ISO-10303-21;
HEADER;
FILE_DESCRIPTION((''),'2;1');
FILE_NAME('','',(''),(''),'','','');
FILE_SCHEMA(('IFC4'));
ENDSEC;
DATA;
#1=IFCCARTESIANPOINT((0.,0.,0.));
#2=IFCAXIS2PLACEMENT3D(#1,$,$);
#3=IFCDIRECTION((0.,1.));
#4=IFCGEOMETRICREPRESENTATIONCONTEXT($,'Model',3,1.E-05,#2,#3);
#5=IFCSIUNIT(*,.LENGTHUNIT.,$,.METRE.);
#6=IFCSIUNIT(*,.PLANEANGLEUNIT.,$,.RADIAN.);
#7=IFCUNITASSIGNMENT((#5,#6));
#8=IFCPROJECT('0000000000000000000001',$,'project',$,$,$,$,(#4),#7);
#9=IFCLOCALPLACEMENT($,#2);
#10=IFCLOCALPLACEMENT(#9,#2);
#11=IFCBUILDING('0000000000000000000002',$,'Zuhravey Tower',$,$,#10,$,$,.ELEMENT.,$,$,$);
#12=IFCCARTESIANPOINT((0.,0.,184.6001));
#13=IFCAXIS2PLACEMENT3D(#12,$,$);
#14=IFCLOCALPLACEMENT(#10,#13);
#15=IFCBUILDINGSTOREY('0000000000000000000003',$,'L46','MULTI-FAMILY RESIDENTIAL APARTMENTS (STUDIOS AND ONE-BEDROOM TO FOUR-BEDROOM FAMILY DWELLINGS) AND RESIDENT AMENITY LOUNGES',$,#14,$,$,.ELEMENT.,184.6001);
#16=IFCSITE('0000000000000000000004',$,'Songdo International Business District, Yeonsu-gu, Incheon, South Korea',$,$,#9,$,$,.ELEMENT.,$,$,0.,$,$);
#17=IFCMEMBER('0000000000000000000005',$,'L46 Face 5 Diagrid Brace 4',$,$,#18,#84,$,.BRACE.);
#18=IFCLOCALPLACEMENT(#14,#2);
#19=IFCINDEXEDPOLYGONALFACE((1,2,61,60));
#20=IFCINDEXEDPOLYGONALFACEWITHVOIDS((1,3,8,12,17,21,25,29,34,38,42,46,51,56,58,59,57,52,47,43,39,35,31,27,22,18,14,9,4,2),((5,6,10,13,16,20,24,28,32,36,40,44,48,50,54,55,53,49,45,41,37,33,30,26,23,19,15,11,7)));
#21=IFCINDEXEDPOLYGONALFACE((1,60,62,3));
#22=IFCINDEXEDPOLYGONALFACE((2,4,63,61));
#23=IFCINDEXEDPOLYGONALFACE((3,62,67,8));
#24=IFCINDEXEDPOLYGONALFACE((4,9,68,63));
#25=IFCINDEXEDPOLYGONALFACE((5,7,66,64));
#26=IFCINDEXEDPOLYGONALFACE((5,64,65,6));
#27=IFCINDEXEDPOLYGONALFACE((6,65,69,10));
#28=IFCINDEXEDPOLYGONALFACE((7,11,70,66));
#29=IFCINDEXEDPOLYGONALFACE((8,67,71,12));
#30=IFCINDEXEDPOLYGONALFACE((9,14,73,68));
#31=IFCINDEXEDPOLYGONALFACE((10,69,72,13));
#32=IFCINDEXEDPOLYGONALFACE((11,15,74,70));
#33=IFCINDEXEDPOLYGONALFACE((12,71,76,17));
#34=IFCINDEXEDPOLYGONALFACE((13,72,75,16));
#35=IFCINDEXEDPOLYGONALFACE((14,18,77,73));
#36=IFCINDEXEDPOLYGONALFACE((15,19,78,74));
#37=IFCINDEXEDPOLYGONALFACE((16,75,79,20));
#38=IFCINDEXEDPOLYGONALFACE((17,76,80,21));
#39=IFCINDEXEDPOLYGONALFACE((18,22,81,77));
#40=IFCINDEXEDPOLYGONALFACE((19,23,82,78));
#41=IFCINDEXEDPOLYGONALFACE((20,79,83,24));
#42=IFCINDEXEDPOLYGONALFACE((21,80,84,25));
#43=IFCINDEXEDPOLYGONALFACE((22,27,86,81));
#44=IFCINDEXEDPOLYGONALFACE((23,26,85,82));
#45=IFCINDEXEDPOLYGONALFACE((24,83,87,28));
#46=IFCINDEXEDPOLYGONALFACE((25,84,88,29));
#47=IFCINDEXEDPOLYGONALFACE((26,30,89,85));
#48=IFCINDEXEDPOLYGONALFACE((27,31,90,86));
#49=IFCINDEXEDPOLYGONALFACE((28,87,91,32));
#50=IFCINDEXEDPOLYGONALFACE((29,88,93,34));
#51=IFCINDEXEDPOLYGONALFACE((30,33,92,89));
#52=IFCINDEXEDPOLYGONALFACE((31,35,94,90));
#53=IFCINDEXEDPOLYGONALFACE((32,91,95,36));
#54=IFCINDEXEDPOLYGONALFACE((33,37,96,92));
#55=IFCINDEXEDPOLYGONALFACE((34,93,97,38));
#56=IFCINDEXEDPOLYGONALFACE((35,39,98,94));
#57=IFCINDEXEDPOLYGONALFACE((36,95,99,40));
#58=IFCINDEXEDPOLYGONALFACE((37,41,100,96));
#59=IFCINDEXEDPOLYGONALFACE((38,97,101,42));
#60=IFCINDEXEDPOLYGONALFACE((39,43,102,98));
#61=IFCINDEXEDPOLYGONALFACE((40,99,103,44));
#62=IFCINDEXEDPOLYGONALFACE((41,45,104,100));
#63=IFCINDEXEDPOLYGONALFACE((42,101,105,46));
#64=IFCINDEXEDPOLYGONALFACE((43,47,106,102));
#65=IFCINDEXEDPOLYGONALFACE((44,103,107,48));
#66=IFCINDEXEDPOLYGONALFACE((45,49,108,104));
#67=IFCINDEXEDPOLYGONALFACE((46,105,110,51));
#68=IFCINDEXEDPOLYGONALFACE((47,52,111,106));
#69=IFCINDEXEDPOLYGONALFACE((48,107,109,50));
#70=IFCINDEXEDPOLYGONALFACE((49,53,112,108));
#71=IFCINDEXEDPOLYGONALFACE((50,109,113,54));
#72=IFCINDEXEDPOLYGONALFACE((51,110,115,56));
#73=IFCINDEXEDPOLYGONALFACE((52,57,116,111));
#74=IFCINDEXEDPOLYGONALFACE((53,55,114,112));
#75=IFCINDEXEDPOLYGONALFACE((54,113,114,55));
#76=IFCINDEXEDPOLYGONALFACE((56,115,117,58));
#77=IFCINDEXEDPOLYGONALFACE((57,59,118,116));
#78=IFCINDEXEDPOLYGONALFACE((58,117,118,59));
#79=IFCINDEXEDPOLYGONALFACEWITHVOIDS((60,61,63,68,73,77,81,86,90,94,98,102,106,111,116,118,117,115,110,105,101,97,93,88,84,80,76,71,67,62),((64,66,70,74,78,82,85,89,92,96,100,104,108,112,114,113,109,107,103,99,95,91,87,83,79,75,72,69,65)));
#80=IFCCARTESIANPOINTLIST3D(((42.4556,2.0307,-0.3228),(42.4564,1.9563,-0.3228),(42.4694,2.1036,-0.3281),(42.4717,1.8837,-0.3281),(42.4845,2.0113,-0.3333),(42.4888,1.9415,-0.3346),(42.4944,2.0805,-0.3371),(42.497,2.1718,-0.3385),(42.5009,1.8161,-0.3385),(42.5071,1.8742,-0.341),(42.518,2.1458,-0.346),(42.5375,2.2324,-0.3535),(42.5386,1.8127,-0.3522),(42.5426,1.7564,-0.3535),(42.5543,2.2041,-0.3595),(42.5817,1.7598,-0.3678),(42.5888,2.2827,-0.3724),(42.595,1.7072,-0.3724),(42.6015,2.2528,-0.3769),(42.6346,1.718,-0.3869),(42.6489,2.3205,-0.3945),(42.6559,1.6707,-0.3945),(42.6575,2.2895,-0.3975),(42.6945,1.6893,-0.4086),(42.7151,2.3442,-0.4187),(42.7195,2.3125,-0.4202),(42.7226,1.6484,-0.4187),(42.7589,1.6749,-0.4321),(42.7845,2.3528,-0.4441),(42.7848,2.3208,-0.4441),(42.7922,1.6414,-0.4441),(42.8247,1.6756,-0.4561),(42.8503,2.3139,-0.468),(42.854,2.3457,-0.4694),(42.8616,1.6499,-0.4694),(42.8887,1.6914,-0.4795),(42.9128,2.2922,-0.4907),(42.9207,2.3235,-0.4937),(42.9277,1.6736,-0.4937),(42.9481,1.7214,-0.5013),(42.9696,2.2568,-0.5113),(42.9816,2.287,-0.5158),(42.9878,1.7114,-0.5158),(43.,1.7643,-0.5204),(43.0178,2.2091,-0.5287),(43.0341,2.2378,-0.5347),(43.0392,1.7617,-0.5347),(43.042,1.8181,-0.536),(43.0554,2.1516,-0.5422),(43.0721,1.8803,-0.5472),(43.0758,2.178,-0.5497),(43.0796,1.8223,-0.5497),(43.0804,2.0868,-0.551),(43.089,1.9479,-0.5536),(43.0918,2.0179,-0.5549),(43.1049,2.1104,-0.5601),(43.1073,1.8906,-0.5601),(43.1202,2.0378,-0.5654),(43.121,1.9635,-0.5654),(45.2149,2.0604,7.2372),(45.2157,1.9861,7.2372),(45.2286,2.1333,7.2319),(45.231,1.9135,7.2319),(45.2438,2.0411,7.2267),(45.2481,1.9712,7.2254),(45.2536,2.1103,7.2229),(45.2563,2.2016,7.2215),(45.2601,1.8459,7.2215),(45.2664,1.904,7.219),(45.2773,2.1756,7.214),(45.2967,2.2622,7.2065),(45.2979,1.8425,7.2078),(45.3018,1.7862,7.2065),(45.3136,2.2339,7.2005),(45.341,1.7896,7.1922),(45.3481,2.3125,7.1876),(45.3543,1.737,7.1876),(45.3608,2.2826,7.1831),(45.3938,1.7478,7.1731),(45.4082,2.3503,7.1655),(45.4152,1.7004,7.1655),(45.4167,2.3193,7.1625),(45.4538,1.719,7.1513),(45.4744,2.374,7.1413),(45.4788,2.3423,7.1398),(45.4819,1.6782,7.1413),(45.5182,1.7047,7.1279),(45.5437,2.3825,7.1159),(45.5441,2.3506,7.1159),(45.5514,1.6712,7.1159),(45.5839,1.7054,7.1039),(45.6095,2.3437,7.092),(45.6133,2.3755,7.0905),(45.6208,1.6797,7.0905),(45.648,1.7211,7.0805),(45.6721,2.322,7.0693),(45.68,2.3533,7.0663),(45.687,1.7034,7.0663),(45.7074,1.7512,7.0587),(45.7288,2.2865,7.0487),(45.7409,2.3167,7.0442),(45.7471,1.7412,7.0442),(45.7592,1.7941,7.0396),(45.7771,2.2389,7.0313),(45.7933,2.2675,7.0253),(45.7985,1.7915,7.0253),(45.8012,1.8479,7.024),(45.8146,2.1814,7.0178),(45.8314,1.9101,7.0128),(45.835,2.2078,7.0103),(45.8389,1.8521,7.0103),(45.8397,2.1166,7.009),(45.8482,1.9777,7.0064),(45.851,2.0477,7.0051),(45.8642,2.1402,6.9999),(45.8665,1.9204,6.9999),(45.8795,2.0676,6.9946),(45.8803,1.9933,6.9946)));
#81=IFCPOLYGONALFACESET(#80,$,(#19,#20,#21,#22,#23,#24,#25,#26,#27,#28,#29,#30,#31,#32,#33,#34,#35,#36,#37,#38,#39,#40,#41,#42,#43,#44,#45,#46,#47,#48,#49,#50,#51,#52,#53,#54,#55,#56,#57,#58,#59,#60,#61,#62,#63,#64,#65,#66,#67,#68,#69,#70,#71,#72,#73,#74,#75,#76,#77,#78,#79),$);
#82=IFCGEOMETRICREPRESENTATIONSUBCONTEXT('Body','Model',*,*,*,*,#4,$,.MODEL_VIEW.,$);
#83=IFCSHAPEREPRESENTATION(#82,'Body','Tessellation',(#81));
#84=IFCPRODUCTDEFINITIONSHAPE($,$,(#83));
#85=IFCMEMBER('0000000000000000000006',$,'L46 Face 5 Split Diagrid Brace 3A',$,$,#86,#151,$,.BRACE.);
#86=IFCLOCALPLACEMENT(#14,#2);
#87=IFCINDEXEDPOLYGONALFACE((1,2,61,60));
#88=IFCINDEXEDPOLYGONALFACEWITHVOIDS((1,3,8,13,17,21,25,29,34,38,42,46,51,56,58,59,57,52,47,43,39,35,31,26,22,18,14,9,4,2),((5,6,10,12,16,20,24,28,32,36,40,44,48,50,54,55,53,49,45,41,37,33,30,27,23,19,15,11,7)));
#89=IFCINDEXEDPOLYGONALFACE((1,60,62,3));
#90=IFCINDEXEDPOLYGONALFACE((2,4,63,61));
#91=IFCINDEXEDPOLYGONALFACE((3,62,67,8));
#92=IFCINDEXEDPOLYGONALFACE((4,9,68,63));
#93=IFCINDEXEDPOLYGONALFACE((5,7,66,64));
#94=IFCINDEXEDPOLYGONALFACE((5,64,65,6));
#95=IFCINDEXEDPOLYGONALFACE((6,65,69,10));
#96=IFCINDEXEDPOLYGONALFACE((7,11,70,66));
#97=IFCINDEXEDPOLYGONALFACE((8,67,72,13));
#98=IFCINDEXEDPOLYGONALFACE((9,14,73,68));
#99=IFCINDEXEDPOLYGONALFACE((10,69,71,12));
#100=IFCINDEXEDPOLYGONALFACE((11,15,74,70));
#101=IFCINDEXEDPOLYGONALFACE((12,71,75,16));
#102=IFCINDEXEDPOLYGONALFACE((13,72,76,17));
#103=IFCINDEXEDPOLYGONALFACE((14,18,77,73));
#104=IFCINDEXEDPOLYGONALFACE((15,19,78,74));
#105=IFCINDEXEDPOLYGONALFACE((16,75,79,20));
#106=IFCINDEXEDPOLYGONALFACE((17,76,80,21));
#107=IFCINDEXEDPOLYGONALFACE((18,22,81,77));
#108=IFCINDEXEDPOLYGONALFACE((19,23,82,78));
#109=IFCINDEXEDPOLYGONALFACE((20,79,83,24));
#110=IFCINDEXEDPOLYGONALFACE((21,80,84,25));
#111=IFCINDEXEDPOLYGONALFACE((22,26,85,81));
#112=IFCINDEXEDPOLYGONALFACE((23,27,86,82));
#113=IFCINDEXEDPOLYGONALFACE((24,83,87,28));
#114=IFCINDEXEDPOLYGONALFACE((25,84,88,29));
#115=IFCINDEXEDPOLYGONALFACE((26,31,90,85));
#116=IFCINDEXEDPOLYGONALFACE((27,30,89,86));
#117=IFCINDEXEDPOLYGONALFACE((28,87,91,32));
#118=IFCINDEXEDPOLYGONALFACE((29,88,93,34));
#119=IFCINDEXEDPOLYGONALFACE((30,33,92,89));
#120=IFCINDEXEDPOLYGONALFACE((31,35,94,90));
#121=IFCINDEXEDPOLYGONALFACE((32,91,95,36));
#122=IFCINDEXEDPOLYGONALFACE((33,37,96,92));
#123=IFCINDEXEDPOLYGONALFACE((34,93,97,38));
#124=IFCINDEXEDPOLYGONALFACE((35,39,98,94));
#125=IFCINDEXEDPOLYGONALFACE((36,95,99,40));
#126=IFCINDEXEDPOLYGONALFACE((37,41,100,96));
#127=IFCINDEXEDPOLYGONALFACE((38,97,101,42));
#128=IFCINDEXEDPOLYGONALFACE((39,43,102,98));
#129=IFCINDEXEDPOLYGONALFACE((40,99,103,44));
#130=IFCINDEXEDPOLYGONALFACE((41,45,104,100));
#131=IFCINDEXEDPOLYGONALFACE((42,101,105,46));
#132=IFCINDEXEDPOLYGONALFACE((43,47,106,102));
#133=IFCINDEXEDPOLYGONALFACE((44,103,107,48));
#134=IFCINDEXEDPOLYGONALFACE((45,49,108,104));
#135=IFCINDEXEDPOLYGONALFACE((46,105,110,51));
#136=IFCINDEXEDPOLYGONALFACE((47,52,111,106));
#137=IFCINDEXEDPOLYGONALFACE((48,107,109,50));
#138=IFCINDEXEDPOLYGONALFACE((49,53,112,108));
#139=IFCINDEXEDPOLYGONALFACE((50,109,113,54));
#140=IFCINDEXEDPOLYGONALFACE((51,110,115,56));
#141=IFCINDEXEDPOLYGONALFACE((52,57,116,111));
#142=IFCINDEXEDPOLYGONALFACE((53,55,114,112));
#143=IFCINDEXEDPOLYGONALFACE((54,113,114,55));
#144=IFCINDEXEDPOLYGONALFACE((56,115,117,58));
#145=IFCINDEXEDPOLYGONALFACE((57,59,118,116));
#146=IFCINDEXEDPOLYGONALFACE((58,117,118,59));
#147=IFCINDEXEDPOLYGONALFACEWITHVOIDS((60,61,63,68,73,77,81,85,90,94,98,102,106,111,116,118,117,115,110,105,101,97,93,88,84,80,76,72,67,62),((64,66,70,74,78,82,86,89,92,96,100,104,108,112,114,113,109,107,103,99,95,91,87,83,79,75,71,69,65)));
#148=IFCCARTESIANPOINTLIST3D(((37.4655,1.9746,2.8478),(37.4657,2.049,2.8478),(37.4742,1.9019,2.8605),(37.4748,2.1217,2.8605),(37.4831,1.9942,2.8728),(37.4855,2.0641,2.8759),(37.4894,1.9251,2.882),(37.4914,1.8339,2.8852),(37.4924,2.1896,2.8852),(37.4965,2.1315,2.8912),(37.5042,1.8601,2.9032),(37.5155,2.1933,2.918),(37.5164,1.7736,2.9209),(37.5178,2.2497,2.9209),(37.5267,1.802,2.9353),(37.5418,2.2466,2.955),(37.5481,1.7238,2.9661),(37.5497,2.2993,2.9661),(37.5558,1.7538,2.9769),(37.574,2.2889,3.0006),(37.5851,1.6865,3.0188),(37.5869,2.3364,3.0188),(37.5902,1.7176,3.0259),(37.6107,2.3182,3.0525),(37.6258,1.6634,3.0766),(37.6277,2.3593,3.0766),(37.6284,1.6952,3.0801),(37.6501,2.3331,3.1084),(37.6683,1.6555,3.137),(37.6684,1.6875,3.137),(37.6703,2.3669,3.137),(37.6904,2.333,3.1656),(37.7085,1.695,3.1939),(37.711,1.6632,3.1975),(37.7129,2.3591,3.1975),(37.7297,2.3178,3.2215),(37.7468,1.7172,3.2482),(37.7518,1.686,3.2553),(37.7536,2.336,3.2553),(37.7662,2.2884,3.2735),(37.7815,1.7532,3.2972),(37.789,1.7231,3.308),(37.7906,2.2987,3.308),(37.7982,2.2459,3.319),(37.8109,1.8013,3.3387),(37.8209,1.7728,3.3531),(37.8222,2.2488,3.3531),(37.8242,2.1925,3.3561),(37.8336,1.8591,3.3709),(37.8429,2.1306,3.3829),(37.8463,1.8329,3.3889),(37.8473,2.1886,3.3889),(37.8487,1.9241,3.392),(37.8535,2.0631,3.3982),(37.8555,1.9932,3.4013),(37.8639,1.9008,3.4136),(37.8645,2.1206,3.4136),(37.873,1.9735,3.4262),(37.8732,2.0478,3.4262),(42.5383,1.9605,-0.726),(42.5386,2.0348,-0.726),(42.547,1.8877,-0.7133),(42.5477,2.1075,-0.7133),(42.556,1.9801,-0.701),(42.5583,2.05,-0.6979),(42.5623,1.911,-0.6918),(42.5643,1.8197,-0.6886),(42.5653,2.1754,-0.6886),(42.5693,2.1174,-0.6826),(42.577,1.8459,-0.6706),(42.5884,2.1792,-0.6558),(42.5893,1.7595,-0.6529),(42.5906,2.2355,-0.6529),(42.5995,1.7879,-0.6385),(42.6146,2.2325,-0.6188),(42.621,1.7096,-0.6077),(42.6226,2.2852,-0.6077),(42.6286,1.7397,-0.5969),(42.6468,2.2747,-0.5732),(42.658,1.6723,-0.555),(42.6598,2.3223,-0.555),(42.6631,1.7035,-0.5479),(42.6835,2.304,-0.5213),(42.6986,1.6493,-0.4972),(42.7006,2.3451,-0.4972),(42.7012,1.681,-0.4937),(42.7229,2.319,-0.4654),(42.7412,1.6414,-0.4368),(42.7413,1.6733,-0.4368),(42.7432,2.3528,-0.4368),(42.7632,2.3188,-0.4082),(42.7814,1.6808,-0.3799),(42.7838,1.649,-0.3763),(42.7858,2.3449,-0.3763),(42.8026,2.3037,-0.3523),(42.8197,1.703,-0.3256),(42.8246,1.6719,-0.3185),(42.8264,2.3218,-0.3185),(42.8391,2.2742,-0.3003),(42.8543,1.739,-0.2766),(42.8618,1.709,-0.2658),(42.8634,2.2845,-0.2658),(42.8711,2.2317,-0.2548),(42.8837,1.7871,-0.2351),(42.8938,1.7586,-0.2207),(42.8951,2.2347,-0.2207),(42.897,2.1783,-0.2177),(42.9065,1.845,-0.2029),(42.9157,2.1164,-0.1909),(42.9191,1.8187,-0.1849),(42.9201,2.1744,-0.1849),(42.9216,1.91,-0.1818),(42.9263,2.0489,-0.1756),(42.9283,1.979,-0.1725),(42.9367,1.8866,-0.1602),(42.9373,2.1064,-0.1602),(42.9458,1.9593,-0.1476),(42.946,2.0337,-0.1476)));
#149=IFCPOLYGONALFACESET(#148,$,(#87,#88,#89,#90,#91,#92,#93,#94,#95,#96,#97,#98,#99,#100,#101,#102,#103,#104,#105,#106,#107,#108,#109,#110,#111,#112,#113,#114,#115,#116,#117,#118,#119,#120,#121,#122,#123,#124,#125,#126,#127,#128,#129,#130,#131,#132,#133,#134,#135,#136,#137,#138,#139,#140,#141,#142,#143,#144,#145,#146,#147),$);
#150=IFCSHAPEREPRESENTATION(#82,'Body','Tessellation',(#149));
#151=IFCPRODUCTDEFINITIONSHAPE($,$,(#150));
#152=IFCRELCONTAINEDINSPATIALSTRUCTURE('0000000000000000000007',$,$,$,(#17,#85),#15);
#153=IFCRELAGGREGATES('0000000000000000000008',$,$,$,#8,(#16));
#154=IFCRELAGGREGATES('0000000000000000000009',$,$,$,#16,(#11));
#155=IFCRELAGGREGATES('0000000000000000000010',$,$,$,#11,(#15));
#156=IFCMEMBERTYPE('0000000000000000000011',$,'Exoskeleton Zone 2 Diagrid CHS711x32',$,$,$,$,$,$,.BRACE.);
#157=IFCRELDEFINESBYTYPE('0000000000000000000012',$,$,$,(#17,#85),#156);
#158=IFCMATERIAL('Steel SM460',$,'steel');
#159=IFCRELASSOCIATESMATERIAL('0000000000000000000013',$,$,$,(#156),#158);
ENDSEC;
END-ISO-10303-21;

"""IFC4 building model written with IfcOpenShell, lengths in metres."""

from ifc_helpers import new_model, si_unit, direction, frame, origin, origin_2d, place, context, subcontext, project, spatial, hollow_circle, extrude, material, material_profile, profile_set, type_object, element, save


model = new_model("IFC4")

# Units and contexts
model_context = context("Model", 3, precision=1e-05, world=origin(), true_north=direction((0.0, 1.0)))
body_context = subcontext(model_context, "Body", "Model", "MODEL_VIEW")
ifc_project = project(units=[si_unit("LENGTHUNIT", "METRE"), si_unit("PLANEANGLEUNIT", "RADIAN")], contexts=[model_context])

# Site, building, storey
site_placement = place(None, origin())
site = spatial("IfcSite", under=ifc_project, at=site_placement, Name="Songdo International Business District, Yeonsu-gu, Incheon, South Korea", CompositionType="ELEMENT", RefElevation=0.0)
building_placement = place(site_placement, origin())
building = spatial("IfcBuilding", under=site, at=building_placement, Name="Zuhravey Tower", CompositionType="ELEMENT")
storey_placement = place(building_placement, frame((0.0, 0.0, 184.6001)))
storey = spatial("IfcBuildingStorey", under=building, at=storey_placement, Name="L46", Description="MULTI-FAMILY RESIDENTIAL APARTMENTS (STUDIOS AND ONE-BEDROOM TO FOUR-BEDROOM FAMILY DWELLINGS) AND RESIDENT AMENITY LOUNGES", CompositionType="ELEMENT", Elevation=184.6001)

# Members
ifc_material_1 = material(Name="Steel SM460", Category="steel")
ifc_material_profile_1 = material_profile(ifc_material_1, hollow_circle(Radius=0.3557, WallThickness=0.032, at=origin_2d()), Name="CHS-711.2x32")
ifc_profile_set_1 = profile_set([ifc_material_profile_1], Name="Steel SM460")
member_type_1 = type_object("IfcMemberType", Name="Exoskeleton Zone 2 Diagrid CHS711x32", PredefinedType="BRACE", material=ifc_profile_set_1)
member_1_placement = place(storey_placement, frame((42.7883, 1.9971, -0.4441), z_axis=(0.342856, 0.003701, 0.939381), x_axis=(-0.010794, 0.999942, 0.0)))
element("IfcMember", 1, at=member_1_placement, inside=storey, type_object=member_type_1, Name="L46 Face 5 Diagrid Brace 4", PredefinedType="BRACE", context=body_context, shape_type="SweptSolid", body=[
    extrude(hollow_circle(Radius=0.3557, WallThickness=0.032, at=origin_2d()), origin(), (0.0, 0.0, 1.0), 8.0479),
])
member_2_placement = place(storey_placement, frame((42.7422, 1.9971, -0.4368), z_axis=(-0.8175, 0.002282, 0.575925), x_axis=(-0.002791, -0.999996, 0.0)))
element("IfcMember", 2, at=member_2_placement, inside=storey, type_object=member_type_1, Name="L46 Face 5 Split Diagrid Brace 3A", PredefinedType="BRACE", context=body_context, shape_type="SweptSolid", body=[
    extrude(hollow_circle(Radius=0.3557, WallThickness=0.032, at=origin_2d()), origin(), (0.0, 0.0, 1.0), 6.2053),
])

save(model, "model.ifc")
